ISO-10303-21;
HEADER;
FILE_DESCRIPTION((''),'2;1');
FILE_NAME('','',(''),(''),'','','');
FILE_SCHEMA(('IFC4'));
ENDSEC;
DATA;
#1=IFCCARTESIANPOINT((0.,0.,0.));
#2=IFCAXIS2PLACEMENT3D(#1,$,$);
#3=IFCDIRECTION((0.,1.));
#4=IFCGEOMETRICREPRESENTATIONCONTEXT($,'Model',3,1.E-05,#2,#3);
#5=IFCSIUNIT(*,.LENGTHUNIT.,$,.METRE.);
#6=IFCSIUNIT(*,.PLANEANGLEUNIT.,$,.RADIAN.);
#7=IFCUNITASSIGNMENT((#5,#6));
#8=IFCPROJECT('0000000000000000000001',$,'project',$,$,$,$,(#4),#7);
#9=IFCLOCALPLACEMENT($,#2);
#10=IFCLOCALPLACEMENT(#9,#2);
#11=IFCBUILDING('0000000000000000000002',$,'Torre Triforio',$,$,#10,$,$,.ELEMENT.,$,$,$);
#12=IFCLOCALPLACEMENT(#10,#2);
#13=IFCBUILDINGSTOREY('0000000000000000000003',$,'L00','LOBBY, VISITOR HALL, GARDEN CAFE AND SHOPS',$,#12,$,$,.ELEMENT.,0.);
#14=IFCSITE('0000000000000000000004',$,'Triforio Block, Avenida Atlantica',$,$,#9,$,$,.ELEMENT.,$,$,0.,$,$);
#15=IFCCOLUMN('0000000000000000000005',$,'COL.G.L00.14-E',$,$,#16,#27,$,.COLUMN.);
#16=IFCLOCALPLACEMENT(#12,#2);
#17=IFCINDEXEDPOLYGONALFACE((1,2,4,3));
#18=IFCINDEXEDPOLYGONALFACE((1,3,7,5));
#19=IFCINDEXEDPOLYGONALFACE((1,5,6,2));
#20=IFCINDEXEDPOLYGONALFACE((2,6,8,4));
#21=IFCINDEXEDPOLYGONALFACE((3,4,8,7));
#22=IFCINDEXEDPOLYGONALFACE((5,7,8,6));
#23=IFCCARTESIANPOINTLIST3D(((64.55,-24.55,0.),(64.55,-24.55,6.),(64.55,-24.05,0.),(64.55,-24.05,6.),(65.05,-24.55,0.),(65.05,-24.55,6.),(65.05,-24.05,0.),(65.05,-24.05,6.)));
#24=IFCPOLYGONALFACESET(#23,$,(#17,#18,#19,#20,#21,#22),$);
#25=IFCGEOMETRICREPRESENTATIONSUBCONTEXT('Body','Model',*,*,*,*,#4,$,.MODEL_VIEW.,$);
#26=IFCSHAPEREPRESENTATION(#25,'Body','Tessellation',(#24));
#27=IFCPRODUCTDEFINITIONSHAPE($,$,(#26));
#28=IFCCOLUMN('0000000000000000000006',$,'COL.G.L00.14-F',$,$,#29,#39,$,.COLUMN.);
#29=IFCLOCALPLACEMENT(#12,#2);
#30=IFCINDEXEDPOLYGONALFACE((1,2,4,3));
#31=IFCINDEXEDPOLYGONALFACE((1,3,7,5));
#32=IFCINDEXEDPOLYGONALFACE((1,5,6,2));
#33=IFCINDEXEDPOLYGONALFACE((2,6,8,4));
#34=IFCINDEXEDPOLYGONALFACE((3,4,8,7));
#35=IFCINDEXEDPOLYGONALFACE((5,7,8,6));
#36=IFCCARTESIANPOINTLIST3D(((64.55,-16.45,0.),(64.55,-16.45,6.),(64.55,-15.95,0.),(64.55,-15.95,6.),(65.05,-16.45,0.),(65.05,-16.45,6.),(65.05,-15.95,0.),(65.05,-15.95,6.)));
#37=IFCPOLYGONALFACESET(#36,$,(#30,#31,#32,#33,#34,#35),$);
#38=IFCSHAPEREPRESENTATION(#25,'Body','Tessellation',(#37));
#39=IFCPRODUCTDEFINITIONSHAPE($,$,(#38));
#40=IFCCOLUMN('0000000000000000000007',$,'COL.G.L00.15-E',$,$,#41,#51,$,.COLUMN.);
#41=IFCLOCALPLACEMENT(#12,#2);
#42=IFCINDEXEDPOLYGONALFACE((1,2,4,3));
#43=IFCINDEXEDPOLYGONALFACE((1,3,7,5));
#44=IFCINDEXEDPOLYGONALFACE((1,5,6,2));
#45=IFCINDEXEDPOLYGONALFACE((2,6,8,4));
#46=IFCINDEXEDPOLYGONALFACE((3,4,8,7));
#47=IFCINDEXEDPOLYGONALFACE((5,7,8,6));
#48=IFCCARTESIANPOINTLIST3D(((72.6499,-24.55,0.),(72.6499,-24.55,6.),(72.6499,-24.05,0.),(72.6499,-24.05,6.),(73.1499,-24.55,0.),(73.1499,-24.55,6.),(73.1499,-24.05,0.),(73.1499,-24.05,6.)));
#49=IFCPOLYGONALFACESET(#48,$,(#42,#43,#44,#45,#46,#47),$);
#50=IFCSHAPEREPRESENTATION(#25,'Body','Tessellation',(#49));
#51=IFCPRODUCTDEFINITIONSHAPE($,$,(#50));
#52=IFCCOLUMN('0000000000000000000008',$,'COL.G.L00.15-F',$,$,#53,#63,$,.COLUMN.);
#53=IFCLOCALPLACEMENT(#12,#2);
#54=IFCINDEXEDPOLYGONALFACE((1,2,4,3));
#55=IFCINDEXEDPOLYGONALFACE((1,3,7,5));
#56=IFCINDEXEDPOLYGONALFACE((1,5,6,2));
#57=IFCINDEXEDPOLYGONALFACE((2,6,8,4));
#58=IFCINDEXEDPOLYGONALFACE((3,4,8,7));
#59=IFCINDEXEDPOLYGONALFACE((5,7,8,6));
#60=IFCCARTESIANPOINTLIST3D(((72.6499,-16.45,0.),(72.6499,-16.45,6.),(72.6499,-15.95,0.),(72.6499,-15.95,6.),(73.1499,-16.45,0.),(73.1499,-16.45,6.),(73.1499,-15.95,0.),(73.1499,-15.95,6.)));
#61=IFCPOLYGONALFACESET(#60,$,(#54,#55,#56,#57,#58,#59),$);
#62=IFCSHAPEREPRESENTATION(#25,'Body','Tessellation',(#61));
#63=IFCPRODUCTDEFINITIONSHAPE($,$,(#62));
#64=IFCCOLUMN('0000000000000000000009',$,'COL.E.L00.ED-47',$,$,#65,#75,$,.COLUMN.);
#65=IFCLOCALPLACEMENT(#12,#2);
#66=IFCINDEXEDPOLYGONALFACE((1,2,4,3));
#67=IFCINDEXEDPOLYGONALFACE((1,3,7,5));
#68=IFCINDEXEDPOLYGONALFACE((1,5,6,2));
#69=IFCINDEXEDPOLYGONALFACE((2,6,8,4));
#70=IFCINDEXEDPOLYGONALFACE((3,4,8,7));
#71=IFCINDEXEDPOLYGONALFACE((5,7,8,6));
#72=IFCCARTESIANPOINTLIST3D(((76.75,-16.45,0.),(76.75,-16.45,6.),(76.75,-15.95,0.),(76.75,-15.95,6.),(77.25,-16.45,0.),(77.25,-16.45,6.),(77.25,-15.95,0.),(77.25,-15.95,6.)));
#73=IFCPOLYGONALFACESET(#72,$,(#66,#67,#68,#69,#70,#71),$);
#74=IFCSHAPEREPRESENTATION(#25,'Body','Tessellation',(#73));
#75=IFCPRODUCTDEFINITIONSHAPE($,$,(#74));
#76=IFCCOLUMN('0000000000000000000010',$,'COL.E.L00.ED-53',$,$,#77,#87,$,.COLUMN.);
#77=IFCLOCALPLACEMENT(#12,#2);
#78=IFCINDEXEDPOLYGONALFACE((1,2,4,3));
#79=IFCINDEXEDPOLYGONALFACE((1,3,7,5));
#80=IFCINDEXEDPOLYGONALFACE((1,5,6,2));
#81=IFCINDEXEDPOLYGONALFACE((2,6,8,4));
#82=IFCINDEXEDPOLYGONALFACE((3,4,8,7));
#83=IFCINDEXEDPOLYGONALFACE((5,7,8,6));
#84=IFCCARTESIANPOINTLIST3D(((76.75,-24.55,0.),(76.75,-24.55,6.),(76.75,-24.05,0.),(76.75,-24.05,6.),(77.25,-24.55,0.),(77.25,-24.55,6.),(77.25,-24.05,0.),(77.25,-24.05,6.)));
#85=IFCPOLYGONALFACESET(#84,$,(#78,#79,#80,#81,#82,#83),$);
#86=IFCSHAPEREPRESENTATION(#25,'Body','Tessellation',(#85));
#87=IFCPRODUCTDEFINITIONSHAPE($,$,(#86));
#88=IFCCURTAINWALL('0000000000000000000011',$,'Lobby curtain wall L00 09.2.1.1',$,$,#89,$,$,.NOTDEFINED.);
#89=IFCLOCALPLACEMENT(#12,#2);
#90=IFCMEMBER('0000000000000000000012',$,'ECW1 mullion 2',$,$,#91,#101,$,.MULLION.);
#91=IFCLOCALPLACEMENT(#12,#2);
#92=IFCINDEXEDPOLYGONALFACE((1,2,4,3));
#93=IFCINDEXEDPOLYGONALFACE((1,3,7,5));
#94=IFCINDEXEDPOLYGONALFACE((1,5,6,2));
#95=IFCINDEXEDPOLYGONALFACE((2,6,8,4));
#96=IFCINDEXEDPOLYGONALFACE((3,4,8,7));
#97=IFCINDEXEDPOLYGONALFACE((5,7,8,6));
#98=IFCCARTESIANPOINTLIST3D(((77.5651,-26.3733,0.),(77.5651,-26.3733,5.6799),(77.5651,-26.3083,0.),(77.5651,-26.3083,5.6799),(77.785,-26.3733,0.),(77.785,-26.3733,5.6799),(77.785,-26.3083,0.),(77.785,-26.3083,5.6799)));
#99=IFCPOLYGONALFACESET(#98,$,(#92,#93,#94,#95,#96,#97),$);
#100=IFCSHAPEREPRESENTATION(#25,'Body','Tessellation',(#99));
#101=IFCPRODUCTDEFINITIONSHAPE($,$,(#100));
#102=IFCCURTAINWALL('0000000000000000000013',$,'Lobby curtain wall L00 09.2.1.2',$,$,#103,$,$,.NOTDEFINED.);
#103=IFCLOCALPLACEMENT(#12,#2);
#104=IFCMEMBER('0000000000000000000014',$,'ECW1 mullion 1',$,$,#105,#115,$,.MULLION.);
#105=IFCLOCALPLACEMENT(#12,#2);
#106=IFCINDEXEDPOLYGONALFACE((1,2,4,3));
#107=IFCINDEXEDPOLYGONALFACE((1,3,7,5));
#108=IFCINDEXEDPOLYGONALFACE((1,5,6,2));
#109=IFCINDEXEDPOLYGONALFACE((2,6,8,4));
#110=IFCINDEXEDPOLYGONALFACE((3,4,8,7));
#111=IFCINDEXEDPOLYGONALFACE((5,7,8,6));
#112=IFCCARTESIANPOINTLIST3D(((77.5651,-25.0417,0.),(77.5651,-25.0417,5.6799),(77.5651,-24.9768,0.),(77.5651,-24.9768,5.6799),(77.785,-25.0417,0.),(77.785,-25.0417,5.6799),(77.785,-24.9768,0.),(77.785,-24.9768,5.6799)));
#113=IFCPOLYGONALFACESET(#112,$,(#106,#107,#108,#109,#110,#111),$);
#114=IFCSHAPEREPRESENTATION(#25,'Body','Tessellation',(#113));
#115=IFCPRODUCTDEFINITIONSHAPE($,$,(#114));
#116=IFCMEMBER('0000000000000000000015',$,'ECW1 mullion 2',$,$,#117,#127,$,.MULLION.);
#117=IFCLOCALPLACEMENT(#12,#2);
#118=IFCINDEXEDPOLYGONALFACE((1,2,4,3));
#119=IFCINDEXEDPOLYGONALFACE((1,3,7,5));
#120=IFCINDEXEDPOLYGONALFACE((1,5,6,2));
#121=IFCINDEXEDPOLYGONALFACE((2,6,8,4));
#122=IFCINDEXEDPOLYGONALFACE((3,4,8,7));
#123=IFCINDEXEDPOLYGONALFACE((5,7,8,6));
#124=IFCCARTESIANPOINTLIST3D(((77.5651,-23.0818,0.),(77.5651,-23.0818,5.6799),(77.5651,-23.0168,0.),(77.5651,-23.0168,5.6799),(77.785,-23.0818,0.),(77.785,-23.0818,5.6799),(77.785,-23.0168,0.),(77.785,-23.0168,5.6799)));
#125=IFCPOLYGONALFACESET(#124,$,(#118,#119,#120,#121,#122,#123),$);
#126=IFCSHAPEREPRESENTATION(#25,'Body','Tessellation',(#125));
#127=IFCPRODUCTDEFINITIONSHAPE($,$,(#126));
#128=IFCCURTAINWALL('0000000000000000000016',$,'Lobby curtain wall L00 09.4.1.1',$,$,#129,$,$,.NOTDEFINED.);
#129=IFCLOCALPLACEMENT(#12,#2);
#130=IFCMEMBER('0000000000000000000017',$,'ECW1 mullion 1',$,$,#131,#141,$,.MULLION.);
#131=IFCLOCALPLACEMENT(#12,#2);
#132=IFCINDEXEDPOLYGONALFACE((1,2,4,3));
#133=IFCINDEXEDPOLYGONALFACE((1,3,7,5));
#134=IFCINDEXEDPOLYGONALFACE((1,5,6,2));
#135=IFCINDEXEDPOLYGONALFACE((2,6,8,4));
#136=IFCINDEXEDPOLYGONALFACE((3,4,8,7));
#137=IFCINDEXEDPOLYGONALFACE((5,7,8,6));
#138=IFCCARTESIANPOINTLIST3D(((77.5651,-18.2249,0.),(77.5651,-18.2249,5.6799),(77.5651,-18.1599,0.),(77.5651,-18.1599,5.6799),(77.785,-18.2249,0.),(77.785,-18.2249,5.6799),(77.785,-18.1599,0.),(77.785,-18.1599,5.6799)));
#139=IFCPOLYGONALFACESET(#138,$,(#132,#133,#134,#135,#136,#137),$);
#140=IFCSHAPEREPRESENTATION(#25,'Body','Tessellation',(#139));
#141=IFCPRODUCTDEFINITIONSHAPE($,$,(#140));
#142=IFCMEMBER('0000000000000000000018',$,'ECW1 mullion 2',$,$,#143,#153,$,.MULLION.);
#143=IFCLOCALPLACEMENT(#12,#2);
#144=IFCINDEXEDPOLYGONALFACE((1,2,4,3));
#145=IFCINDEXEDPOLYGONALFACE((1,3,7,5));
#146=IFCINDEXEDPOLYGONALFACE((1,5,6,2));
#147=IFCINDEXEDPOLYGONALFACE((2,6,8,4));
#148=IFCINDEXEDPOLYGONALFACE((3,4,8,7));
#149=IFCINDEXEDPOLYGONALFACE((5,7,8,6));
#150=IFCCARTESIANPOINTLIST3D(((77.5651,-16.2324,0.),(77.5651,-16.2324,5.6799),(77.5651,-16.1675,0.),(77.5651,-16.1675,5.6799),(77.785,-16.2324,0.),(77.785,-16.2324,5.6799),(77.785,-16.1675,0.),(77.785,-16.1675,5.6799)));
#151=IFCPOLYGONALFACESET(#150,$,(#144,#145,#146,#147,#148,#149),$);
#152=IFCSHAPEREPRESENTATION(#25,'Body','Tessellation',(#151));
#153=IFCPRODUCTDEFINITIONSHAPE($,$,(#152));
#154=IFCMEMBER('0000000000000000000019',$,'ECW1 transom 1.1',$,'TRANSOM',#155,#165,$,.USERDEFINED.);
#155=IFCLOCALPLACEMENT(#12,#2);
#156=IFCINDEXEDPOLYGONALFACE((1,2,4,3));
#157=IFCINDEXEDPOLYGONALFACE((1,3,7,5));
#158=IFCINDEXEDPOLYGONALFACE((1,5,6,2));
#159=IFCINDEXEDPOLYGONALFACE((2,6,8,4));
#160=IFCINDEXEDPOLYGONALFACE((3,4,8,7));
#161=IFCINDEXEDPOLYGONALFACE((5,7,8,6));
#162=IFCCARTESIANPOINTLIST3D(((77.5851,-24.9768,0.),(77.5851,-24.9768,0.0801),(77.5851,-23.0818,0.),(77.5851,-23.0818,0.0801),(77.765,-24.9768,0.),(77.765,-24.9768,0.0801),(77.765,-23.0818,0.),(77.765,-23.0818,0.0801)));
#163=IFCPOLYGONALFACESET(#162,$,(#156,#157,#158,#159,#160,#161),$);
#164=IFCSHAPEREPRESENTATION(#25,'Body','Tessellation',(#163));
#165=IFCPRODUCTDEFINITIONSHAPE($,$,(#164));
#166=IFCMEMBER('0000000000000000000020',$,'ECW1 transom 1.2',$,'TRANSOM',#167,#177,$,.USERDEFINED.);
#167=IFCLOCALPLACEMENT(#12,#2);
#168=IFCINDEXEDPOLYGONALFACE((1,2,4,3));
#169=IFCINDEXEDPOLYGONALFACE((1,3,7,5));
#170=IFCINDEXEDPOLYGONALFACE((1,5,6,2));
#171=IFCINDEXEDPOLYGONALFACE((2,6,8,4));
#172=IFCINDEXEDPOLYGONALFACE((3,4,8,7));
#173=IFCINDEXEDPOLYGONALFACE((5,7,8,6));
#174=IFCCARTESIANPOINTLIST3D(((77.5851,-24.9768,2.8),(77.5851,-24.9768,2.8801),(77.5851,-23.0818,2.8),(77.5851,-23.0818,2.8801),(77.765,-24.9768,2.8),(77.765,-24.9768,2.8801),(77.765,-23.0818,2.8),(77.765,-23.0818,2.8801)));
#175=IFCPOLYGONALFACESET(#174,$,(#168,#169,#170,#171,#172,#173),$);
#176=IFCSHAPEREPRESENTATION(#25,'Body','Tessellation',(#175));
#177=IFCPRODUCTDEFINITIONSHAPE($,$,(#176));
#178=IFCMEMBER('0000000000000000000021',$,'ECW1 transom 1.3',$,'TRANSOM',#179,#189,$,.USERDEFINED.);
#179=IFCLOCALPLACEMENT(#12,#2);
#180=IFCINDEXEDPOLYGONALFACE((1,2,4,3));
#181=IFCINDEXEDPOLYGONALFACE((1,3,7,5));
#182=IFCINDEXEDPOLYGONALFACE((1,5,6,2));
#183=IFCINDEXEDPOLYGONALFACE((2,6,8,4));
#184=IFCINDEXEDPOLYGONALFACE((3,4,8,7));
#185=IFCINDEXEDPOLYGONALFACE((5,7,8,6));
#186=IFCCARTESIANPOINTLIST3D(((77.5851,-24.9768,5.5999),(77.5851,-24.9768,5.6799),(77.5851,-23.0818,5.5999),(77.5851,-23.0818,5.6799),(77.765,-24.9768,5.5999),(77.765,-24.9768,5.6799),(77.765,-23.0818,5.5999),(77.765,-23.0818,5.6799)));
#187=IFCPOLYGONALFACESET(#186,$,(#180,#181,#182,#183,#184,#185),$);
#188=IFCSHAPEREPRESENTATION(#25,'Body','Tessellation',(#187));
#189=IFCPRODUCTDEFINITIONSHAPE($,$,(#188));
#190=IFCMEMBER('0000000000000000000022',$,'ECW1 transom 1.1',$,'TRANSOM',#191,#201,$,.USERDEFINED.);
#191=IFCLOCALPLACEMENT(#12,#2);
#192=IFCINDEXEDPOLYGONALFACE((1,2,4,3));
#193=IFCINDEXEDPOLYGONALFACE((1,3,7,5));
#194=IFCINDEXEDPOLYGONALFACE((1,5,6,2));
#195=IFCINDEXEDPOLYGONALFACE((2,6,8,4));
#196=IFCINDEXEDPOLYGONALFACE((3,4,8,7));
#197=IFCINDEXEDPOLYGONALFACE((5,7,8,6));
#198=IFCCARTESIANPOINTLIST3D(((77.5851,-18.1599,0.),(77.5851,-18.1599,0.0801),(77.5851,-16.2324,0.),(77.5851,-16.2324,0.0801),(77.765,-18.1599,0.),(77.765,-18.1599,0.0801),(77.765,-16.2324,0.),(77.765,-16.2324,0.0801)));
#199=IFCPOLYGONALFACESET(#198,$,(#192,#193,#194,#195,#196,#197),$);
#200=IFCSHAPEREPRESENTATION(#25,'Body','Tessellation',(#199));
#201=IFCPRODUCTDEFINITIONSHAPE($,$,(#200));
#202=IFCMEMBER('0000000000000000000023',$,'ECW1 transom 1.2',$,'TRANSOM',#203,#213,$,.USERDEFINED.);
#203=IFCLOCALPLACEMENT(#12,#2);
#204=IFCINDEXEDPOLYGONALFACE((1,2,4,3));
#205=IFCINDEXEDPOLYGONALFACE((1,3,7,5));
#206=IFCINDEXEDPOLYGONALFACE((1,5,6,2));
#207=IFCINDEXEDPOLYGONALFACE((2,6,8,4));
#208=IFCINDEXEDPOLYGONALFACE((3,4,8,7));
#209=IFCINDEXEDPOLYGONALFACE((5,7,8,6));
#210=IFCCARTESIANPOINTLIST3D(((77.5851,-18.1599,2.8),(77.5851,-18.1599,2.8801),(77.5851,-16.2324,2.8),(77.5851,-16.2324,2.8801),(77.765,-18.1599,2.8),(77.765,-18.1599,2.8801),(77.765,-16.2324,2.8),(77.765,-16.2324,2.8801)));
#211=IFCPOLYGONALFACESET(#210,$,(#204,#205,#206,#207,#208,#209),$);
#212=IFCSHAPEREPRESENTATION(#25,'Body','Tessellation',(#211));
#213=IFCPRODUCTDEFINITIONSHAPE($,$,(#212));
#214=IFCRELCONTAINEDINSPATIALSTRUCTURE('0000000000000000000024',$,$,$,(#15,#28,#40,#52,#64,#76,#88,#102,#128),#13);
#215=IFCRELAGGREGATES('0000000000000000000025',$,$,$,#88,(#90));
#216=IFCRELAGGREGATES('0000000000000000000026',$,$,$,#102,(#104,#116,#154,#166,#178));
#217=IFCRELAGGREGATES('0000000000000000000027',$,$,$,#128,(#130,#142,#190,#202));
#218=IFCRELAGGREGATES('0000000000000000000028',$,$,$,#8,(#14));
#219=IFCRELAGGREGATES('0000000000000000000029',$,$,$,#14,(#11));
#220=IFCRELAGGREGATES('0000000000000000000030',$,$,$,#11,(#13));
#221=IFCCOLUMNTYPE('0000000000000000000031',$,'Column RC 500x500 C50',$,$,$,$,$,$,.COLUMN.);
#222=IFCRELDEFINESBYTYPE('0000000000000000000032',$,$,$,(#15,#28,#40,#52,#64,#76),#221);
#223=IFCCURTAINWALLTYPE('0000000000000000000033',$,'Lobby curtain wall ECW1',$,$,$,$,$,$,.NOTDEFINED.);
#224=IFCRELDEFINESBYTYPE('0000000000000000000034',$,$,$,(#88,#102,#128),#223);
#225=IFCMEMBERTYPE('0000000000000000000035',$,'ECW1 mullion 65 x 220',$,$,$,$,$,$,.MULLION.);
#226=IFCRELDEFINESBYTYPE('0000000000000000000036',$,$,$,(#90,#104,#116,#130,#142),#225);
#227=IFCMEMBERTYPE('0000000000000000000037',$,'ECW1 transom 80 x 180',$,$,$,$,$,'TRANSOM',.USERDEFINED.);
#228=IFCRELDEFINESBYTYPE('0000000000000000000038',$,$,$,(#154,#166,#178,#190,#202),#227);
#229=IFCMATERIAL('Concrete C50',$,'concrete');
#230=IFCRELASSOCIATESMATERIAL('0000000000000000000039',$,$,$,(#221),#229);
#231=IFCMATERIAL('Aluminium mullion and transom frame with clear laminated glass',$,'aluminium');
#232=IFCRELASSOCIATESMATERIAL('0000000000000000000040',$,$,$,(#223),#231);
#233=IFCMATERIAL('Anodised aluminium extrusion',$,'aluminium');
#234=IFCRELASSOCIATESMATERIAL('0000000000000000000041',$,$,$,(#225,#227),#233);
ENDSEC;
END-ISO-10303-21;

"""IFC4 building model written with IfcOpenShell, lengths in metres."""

from ifc_helpers import new_model, si_unit, direction, frame, origin, origin_2d, place, context, subcontext, project, spatial, rectangle, extrude, material, material_profile, profile_set, type_object, element, aggregate, save


model = new_model("IFC4")

# Units and contexts
model_context = context("Model", 3, precision=1e-05, world=origin(), true_north=direction((0.0, 1.0)))
body_context = subcontext(model_context, "Body", "Model", "MODEL_VIEW")
ifc_project = project(units=[si_unit("LENGTHUNIT", "METRE"), si_unit("PLANEANGLEUNIT", "RADIAN")], contexts=[model_context])

# Site, building, storey
site_placement = place(None, origin())
site = spatial("IfcSite", under=ifc_project, at=site_placement, Name="Triforio Block, Avenida Atlantica", CompositionType="ELEMENT", RefElevation=0.0)
building_placement = place(site_placement, origin())
building = spatial("IfcBuilding", under=site, at=building_placement, Name="Torre Triforio", CompositionType="ELEMENT")
storey_placement = place(building_placement, origin())
storey = spatial("IfcBuildingStorey", under=building, at=storey_placement, Name="L00", Description="LOBBY, VISITOR HALL, GARDEN CAFE AND SHOPS", CompositionType="ELEMENT", Elevation=0.0)

# Columns
ifc_material_1 = material(Name="Concrete C50", Category="concrete")
ifc_material_profile_1 = material_profile(ifc_material_1, rectangle(XDim=0.5, YDim=0.5, at=origin_2d()), Name="RC 500x500")
ifc_profile_set_1 = profile_set([ifc_material_profile_1], Name="Concrete C50")
column_type = type_object("IfcColumnType", Name="Column RC 500x500 C50", PredefinedType="COLUMN", material=ifc_profile_set_1)
for number, where, z_axis, x_axis, name in (
    (1, (64.8, -24.3, 0.0), (0.0, 0.0, 1.0), (1.0, 0.0, 0.0), "COL.G.L00.14-E"),
    (2, (64.8, -16.2, 0.0), (0.0, 0.0, 1.0), (1.0, 0.0, 0.0), "COL.G.L00.14-F"),
    (3, (72.8999, -24.3, 0.0), (0.0, 0.0, 1.0), (1.0, 0.0, 0.0), "COL.G.L00.15-E"),
    (4, (72.8999, -16.2, 0.0), (0.0, 0.0, 1.0), (1.0, 0.0, 0.0), "COL.G.L00.15-F"),
    (5, (77.0, -16.2, 0.0), (0.0, 0.0, 1.0), (1.0, 0.0, 0.0), "COL.E.L00.ED-47"),
    (6, (77.0, -24.3, 0.0), (0.0, 0.0, 1.0), (1.0, 0.0, 0.0), "COL.E.L00.ED-53"),
):
    element("IfcColumn", number, at=place(storey_placement, frame(where, z_axis=z_axis, x_axis=x_axis)), inside=storey, type_object=column_type, Name=name, PredefinedType="COLUMN", context=body_context, shape_type="SweptSolid", body=[
        extrude(rectangle(XDim=0.5, YDim=0.5, at=origin_2d()), origin(), (0.0, 0.0, 1.0), 6.0),
    ])

# Curtain wall, member
ifc_material_2 = material(Name="Aluminium mullion and transom frame with clear laminated glass", Category="aluminium")
curtain_wall_type = type_object("IfcCurtainWallType", Name="Lobby curtain wall ECW1", PredefinedType="NOTDEFINED", material=ifc_material_2)
curtain_wall_1_placement = place(storey_placement, origin())
curtain_wall_1 = element("IfcCurtainWall", 7, at=curtain_wall_1_placement, inside=storey, type_object=curtain_wall_type, Name="Lobby curtain wall L00 09.2.1.1", PredefinedType="NOTDEFINED")
ifc_material_3 = material(Name="Anodised aluminium extrusion", Category="aluminium")
ifc_material_profile_2 = material_profile(ifc_material_3, rectangle(XDim=0.22, YDim=0.0649, at=origin_2d()), Name="ECW1 MULLION 65x220")
ifc_profile_set_2 = profile_set([ifc_material_profile_2], Name="Anodised aluminium extrusion")
member_type_1 = type_object("IfcMemberType", Name="ECW1 mullion 65 x 220", PredefinedType="MULLION", material=ifc_profile_set_2)
member_1_placement = place(storey_placement, frame((77.675, -26.3408, 0.0), z_axis=(0.0, 0.0, 1.0), x_axis=(-1.0, 0.0, 0.0)))
member_1 = element("IfcMember", 8, at=member_1_placement, type_object=member_type_1, Name="ECW1 mullion 2", PredefinedType="MULLION", context=body_context, shape_type="SweptSolid", body=[
    extrude(rectangle(XDim=0.22, YDim=0.0649, at=origin_2d()), origin(), (0.0, 0.0, 1.0), 5.6799),
])

# Curtain walls, members
curtain_wall_2_placement = place(storey_placement, origin())
curtain_wall_2 = element("IfcCurtainWall", 9, at=curtain_wall_2_placement, inside=storey, type_object=curtain_wall_type, Name="Lobby curtain wall L00 09.2.1.2", PredefinedType="NOTDEFINED")
member_2_placement = place(storey_placement, frame((77.675, -25.0093, 0.0), z_axis=(0.0, 0.0, 1.0), x_axis=(-1.0, 0.0, 0.0)))
member_2 = element("IfcMember", 10, at=member_2_placement, type_object=member_type_1, Name="ECW1 mullion 1", PredefinedType="MULLION", context=body_context, shape_type="SweptSolid", body=[
    extrude(rectangle(XDim=0.22, YDim=0.0649, at=origin_2d()), origin(), (0.0, 0.0, 1.0), 5.6799),
])
member_3_placement = place(storey_placement, frame((77.675, -23.0493, 0.0), z_axis=(0.0, 0.0, 1.0), x_axis=(-1.0, 0.0, 0.0)))
member_3 = element("IfcMember", 11, at=member_3_placement, type_object=member_type_1, Name="ECW1 mullion 2", PredefinedType="MULLION", context=body_context, shape_type="SweptSolid", body=[
    extrude(rectangle(XDim=0.22, YDim=0.0649, at=origin_2d()), origin(), (0.0, 0.0, 1.0), 5.6799),
])
curtain_wall_3_placement = place(storey_placement, origin())
curtain_wall_3 = element("IfcCurtainWall", 12, at=curtain_wall_3_placement, inside=storey, type_object=curtain_wall_type, Name="Lobby curtain wall L00 09.4.1.1", PredefinedType="NOTDEFINED")
member_4_placement = place(storey_placement, frame((77.675, -18.1924, 0.0), z_axis=(0.0, 0.0, 1.0), x_axis=(-1.0, 0.0, 0.0)))
member_4 = element("IfcMember", 13, at=member_4_placement, type_object=member_type_1, Name="ECW1 mullion 1", PredefinedType="MULLION", context=body_context, shape_type="SweptSolid", body=[
    extrude(rectangle(XDim=0.22, YDim=0.0649, at=origin_2d()), origin(), (0.0, 0.0, 1.0), 5.6799),
])
member_5_placement = place(storey_placement, frame((77.675, -16.2, 0.0), z_axis=(0.0, 0.0, 1.0), x_axis=(-1.0, 0.0, 0.0)))
member_5 = element("IfcMember", 14, at=member_5_placement, type_object=member_type_1, Name="ECW1 mullion 2", PredefinedType="MULLION", context=body_context, shape_type="SweptSolid", body=[
    extrude(rectangle(XDim=0.22, YDim=0.0649, at=origin_2d()), origin(), (0.0, 0.0, 1.0), 5.6799),
])

# Members
ifc_material_profile_3 = material_profile(ifc_material_3, rectangle(XDim=0.1799, YDim=0.0801, at=origin_2d()), Name="ECW1 TRANSOM 80x180")
ifc_profile_set_3 = profile_set([ifc_material_profile_3], Name="Anodised aluminium extrusion")
member_type_2 = type_object("IfcMemberType", Name="ECW1 transom 80 x 180", ElementType="TRANSOM", PredefinedType="USERDEFINED", material=ifc_profile_set_3)
member_6_placement = place(storey_placement, frame((77.675, -24.9768, 0.04), z_axis=(0.0, 1.0, 0.0), x_axis=(-1.0, 0.0, 0.0)))
member_6 = element("IfcMember", 15, at=member_6_placement, type_object=member_type_2, Name="ECW1 transom 1.1", ObjectType="TRANSOM", PredefinedType="USERDEFINED", context=body_context, shape_type="SweptSolid", body=[
    extrude(rectangle(XDim=0.1799, YDim=0.0801, at=origin_2d()), origin(), (0.0, 0.0, 1.0), 1.895),
])
member_7_placement = place(storey_placement, frame((77.675, -24.9768, 2.8401), z_axis=(0.0, 1.0, 0.0), x_axis=(-1.0, 0.0, 0.0)))
member_7 = element("IfcMember", 16, at=member_7_placement, type_object=member_type_2, Name="ECW1 transom 1.2", ObjectType="TRANSOM", PredefinedType="USERDEFINED", context=body_context, shape_type="SweptSolid", body=[
    extrude(rectangle(XDim=0.1799, YDim=0.0801, at=origin_2d()), origin(), (0.0, 0.0, 1.0), 1.895),
])
member_8_placement = place(storey_placement, frame((77.675, -24.9768, 5.6399), z_axis=(0.0, 1.0, 0.0), x_axis=(-1.0, 0.0, 0.0)))
member_8 = element("IfcMember", 17, at=member_8_placement, type_object=member_type_2, Name="ECW1 transom 1.3", ObjectType="TRANSOM", PredefinedType="USERDEFINED", context=body_context, shape_type="SweptSolid", body=[
    extrude(rectangle(XDim=0.1799, YDim=0.0801, at=origin_2d()), origin(), (0.0, 0.0, 1.0), 1.895),
])
member_9_placement = place(storey_placement, frame((77.675, -18.1599, 0.04), z_axis=(0.0, 1.0, 0.0), x_axis=(-1.0, 0.0, 0.0)))
member_9 = element("IfcMember", 18, at=member_9_placement, type_object=member_type_2, Name="ECW1 transom 1.1", ObjectType="TRANSOM", PredefinedType="USERDEFINED", context=body_context, shape_type="SweptSolid", body=[
    extrude(rectangle(XDim=0.1799, YDim=0.0801, at=origin_2d()), origin(), (0.0, 0.0, 1.0), 1.9275),
])
member_10_placement = place(storey_placement, frame((77.675, -18.1599, 2.8401), z_axis=(0.0, 1.0, 0.0), x_axis=(-1.0, 0.0, 0.0)))
member_10 = element("IfcMember", 19, at=member_10_placement, type_object=member_type_2, Name="ECW1 transom 1.2", ObjectType="TRANSOM", PredefinedType="USERDEFINED", context=body_context, shape_type="SweptSolid", body=[
    extrude(rectangle(XDim=0.1799, YDim=0.0801, at=origin_2d()), origin(), (0.0, 0.0, 1.0), 1.9275),
])

aggregate(curtain_wall_1, [member_1])
aggregate(curtain_wall_2, [member_2, member_3, member_6, member_7, member_8])
aggregate(curtain_wall_3, [member_4, member_5, member_9, member_10])

save(model, "model.ifc")
